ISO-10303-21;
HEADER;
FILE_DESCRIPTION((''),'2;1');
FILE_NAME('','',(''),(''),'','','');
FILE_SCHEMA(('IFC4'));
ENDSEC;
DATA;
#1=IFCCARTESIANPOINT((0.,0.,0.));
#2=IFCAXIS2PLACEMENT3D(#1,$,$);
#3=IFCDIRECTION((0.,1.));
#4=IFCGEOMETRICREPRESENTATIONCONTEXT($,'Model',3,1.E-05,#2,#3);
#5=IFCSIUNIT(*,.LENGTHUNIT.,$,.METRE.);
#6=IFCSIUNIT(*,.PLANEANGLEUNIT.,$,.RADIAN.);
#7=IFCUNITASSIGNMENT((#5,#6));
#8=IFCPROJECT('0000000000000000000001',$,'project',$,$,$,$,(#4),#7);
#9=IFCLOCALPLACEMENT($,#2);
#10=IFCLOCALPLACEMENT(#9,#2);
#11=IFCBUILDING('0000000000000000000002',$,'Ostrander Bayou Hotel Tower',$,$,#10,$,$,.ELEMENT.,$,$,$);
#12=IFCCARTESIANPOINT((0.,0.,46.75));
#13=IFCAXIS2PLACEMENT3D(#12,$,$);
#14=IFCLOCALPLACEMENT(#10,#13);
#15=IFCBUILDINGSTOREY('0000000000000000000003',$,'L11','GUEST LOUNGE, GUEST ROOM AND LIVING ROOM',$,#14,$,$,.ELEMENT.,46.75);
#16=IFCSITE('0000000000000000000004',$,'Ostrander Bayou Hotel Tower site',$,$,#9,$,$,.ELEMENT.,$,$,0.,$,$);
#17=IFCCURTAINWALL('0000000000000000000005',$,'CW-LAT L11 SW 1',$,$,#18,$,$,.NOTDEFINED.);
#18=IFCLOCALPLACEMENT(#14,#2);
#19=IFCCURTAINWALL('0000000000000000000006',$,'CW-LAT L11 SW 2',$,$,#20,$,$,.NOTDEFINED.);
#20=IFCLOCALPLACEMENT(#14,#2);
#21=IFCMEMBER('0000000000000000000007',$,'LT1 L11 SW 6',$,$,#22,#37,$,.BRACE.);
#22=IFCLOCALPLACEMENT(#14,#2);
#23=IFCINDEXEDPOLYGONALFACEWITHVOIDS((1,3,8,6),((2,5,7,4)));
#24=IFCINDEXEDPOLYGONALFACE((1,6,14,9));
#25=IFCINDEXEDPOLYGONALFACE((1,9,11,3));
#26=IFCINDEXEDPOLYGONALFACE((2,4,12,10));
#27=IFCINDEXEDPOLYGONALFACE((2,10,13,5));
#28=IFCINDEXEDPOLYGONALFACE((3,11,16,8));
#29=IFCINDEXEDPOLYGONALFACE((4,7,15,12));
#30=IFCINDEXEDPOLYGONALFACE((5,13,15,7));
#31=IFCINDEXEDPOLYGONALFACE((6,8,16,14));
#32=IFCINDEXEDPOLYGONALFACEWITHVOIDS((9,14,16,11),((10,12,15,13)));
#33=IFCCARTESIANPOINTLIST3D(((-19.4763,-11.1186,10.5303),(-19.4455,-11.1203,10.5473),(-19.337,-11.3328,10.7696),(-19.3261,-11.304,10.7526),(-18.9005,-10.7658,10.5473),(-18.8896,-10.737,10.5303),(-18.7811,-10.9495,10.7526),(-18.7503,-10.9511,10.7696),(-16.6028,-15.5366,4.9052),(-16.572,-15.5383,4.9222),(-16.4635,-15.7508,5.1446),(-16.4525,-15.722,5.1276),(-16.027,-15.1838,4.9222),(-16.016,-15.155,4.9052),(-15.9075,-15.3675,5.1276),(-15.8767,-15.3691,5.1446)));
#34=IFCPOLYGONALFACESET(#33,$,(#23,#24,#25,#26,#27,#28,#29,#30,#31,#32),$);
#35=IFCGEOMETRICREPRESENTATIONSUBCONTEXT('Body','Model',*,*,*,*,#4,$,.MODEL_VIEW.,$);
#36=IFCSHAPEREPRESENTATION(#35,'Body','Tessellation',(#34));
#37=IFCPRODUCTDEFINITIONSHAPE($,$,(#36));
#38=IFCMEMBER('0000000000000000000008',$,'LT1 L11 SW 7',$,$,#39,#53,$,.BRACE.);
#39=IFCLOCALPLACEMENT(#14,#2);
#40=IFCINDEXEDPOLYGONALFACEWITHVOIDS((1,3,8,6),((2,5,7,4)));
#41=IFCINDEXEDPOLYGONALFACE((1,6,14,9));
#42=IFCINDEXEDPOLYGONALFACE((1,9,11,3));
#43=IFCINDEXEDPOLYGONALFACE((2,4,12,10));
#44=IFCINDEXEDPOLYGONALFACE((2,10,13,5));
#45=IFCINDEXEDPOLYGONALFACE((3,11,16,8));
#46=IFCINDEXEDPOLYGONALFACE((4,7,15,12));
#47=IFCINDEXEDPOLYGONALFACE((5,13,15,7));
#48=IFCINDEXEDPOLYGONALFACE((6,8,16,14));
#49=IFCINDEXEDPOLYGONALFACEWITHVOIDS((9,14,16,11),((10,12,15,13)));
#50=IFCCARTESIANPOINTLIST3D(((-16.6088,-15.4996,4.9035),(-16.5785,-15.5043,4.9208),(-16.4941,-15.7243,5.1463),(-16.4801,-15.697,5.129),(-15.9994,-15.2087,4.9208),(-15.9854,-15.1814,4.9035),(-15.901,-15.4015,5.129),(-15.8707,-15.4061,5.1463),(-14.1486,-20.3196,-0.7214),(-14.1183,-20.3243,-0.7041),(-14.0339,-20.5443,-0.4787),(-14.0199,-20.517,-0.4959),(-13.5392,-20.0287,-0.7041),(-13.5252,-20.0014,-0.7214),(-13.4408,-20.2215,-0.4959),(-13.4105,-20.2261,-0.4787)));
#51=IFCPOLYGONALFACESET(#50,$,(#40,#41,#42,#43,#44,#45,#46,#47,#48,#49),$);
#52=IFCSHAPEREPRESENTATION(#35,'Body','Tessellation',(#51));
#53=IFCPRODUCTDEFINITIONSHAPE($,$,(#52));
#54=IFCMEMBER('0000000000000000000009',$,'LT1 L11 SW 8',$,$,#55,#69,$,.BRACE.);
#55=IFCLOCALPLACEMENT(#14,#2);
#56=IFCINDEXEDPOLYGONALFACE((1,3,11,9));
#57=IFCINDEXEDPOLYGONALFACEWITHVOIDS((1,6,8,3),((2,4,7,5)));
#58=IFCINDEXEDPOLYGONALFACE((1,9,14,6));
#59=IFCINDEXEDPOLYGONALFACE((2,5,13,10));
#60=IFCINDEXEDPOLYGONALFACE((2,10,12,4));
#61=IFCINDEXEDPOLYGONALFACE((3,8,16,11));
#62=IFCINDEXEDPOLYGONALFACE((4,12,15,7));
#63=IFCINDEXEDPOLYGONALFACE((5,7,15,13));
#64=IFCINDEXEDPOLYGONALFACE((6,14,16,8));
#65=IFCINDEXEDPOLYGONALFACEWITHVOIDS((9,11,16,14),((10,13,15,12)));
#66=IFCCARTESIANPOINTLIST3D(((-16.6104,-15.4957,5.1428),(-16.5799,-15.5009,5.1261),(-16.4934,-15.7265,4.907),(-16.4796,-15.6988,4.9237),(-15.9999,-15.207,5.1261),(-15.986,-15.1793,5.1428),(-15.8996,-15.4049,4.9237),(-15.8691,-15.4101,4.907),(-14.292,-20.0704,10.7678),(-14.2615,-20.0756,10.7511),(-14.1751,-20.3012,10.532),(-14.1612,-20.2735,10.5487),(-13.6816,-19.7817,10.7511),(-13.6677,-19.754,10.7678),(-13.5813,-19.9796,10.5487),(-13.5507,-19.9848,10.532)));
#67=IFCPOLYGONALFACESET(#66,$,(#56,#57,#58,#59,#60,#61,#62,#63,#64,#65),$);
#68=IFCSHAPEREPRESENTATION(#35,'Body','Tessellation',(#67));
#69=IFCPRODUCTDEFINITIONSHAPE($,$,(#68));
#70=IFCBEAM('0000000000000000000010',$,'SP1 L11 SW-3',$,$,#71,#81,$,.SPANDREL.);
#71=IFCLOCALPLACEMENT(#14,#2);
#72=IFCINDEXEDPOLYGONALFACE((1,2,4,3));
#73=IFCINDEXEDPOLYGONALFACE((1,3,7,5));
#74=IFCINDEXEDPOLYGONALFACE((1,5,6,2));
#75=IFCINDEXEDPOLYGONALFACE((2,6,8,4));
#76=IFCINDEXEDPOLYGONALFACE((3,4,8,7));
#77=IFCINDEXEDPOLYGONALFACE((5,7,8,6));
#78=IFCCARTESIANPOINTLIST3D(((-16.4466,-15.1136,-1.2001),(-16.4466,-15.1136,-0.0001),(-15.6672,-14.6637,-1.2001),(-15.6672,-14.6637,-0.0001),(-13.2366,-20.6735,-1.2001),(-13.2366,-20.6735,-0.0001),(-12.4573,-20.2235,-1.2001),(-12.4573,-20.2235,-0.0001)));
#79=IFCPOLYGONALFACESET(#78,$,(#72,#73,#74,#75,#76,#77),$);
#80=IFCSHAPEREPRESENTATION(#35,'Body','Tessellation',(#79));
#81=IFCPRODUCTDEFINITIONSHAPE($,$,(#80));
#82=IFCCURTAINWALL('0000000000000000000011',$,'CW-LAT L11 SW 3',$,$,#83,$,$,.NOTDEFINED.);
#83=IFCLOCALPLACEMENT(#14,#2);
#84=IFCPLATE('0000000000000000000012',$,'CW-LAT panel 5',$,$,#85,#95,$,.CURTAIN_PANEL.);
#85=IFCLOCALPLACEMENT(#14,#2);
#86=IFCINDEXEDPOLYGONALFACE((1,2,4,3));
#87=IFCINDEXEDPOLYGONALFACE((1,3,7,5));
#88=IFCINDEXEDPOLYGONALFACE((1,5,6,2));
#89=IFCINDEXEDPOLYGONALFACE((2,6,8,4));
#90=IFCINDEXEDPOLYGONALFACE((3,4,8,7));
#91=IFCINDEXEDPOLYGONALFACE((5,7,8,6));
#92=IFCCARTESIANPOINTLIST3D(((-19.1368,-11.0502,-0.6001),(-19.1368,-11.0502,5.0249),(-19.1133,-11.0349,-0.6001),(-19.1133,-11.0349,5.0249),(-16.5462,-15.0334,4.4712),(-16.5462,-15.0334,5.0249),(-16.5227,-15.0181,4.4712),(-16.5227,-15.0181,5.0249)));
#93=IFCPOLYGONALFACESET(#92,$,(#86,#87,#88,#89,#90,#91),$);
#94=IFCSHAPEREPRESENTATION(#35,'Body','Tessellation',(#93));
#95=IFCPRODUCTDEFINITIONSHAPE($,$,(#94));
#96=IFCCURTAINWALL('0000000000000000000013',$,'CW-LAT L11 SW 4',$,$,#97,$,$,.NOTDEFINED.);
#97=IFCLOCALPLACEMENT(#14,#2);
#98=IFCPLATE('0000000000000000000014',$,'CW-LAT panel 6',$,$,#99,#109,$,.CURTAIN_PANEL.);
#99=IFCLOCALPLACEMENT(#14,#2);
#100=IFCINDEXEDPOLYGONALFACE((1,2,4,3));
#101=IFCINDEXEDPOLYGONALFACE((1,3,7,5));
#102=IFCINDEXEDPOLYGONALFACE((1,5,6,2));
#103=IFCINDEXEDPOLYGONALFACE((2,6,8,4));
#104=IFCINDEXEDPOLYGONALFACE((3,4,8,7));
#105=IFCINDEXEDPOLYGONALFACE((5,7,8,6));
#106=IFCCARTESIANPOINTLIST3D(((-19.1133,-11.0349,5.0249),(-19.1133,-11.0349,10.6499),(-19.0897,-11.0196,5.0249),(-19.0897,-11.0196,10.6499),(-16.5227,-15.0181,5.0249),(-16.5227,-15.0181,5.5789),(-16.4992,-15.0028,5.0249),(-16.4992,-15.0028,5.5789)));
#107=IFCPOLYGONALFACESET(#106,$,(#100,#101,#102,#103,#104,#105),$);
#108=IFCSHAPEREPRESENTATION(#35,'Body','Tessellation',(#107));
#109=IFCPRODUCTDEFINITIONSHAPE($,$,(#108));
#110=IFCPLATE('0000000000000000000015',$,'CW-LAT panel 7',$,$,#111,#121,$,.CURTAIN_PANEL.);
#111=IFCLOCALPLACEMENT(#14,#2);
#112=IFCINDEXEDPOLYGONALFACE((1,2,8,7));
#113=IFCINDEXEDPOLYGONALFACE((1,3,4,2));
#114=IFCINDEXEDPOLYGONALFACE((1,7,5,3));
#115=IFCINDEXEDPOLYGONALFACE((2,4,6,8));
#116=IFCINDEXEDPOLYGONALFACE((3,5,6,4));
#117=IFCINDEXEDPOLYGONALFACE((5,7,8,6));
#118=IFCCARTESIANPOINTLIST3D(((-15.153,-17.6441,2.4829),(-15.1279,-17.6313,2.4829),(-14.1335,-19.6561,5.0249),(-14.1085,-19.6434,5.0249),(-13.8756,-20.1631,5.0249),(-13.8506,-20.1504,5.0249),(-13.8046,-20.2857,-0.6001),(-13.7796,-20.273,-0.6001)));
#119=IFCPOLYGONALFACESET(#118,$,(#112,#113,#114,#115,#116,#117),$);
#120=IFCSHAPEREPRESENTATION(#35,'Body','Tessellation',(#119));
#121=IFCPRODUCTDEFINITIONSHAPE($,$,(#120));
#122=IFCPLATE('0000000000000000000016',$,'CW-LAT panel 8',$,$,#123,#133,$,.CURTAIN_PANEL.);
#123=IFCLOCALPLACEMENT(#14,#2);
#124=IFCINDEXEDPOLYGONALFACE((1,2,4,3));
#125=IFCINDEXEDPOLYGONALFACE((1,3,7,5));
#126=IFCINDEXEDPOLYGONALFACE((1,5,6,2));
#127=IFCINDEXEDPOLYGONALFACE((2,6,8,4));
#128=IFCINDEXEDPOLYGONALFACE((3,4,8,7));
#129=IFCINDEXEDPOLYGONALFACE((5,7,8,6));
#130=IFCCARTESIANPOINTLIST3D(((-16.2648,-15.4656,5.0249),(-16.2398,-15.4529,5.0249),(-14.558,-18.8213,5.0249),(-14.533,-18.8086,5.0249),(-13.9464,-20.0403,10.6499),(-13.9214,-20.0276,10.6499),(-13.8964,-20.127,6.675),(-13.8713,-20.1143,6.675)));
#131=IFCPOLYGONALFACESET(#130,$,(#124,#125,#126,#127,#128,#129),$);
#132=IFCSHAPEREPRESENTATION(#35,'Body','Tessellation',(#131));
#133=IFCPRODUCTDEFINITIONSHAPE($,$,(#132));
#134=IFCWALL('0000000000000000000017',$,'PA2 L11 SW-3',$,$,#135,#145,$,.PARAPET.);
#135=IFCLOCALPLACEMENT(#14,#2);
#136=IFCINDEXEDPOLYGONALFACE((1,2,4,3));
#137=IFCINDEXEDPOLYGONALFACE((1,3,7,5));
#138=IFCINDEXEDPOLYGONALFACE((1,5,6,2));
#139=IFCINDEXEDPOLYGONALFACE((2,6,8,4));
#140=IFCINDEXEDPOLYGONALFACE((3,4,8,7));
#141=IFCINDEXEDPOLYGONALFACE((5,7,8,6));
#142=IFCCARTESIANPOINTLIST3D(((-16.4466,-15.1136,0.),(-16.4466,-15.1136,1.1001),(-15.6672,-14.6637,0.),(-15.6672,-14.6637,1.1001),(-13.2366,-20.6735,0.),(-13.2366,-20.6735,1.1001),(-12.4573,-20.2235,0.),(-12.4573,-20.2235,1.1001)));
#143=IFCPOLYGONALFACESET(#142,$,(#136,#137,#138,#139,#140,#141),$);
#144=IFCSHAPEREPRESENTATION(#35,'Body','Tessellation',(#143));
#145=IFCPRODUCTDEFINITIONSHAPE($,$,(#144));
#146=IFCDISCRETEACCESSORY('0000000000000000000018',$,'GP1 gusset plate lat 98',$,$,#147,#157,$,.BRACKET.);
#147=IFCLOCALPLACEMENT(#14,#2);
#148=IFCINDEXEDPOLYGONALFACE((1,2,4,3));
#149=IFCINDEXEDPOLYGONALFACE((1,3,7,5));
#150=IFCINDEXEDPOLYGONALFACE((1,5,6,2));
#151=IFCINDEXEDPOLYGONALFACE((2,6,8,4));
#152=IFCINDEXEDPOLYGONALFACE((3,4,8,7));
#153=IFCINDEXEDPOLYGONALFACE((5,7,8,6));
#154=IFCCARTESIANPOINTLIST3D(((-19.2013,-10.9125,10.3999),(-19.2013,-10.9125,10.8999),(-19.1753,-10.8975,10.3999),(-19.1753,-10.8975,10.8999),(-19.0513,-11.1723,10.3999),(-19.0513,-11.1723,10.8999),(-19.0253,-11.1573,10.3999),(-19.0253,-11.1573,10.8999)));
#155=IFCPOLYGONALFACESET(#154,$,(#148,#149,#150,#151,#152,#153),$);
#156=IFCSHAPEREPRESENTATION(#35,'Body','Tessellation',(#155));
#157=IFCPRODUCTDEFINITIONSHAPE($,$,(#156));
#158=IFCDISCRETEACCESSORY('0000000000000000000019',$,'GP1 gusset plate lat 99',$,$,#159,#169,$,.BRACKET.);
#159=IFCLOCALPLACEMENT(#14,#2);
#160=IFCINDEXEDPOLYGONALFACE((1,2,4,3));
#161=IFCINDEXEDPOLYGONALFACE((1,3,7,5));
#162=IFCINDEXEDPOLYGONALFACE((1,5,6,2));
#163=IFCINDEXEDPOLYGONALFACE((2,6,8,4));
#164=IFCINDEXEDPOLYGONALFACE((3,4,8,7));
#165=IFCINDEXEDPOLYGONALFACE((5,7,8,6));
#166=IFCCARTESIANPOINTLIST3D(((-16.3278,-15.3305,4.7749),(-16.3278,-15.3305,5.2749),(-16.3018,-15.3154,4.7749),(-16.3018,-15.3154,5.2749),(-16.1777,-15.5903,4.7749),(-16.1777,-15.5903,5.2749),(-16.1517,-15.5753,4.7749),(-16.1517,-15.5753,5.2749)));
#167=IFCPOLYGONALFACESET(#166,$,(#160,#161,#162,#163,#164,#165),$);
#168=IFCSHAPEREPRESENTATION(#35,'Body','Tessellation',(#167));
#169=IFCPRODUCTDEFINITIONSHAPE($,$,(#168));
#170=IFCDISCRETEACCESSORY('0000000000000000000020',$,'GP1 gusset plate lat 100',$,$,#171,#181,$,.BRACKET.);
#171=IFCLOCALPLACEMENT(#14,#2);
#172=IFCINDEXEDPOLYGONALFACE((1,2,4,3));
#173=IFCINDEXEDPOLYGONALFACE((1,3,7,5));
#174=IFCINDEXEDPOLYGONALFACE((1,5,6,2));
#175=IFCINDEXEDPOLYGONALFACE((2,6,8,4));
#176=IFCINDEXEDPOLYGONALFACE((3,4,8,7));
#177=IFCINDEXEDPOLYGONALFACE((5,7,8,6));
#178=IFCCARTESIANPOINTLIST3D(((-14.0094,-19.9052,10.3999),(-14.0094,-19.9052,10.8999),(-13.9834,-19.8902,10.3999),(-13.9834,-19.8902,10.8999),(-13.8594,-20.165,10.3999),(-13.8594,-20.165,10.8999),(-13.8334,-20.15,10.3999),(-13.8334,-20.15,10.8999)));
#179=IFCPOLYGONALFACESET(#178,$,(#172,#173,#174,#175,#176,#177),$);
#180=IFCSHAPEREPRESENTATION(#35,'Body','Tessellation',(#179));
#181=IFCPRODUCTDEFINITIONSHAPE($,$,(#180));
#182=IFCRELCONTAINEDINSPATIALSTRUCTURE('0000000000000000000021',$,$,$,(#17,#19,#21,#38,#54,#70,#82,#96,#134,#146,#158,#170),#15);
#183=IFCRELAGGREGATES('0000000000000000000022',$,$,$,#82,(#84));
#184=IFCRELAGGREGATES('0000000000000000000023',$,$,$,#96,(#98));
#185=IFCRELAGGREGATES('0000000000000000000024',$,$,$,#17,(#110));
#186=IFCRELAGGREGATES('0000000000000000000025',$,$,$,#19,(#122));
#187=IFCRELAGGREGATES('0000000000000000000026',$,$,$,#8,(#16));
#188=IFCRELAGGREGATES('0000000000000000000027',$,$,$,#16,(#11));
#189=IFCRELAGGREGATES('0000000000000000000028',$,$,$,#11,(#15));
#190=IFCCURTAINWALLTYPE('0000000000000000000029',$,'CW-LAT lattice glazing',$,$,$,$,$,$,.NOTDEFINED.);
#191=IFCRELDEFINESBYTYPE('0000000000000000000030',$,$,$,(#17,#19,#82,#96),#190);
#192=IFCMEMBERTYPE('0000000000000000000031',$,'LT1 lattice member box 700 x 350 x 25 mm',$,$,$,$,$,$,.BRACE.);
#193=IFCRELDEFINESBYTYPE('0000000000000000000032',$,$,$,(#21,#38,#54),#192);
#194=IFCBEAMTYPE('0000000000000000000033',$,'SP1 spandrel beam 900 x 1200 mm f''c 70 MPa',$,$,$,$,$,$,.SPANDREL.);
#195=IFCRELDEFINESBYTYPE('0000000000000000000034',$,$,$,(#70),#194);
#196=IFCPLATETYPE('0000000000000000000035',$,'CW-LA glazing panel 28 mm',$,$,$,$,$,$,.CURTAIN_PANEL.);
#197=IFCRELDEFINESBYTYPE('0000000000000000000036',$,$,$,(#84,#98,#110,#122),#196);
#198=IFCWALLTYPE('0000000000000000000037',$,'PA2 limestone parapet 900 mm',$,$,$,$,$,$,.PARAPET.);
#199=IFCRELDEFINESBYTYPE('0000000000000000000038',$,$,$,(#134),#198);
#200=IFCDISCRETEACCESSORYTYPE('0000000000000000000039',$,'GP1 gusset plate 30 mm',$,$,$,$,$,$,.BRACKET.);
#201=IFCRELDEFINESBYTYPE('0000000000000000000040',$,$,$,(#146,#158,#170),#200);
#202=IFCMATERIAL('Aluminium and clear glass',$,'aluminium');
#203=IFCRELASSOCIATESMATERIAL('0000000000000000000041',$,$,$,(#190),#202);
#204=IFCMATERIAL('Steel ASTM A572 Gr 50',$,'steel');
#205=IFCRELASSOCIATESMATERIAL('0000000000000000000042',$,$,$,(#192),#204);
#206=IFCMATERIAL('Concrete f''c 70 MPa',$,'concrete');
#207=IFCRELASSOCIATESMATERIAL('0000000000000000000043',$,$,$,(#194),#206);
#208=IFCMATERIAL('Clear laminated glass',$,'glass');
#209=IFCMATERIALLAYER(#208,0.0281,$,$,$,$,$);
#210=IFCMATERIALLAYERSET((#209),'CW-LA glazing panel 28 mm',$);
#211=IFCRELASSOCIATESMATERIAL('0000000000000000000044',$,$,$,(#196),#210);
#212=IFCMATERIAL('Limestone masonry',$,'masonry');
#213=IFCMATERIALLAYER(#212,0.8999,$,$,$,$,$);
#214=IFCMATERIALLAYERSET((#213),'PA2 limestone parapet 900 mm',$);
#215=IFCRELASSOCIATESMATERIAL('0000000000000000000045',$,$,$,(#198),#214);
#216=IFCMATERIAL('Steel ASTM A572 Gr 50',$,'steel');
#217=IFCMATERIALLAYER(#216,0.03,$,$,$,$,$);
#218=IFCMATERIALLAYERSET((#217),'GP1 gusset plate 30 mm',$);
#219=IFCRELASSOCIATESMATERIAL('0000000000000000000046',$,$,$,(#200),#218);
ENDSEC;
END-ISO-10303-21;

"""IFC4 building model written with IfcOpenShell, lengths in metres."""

from ifc_helpers import new_model, si_unit, direction, frame, frame_2d, origin, origin_2d, place, context, subcontext, project, spatial, polyline, rectangle, hollow_rectangle, outline, extrude, material, layer, layer_set, material_profile, profile_set, type_object, element, aggregate, save


model = new_model("IFC4")

# Units and contexts
model_context = context("Model", 3, precision=1e-05, world=origin(), true_north=direction((0.0, 1.0)))
body_context = subcontext(model_context, "Body", "Model", "MODEL_VIEW")
ifc_project = project(units=[si_unit("LENGTHUNIT", "METRE"), si_unit("PLANEANGLEUNIT", "RADIAN")], contexts=[model_context])

# Site, building, storey
site_placement = place(None, origin())
site = spatial("IfcSite", under=ifc_project, at=site_placement, Name="Ostrander Bayou Hotel Tower site", CompositionType="ELEMENT", RefElevation=0.0)
building_placement = place(site_placement, origin())
building = spatial("IfcBuilding", under=site, at=building_placement, Name="Ostrander Bayou Hotel Tower", CompositionType="ELEMENT")
storey_placement = place(building_placement, frame((0.0, 0.0, 46.75)))
storey = spatial("IfcBuildingStorey", under=building, at=storey_placement, Name="L11", Description="GUEST LOUNGE, GUEST ROOM AND LIVING ROOM", CompositionType="ELEMENT", Elevation=46.75)

# Curtain walls
ifc_material_1 = material(Name="Aluminium and clear glass", Category="aluminium")
curtain_wall_type = type_object("IfcCurtainWallType", Name="CW-LAT lattice glazing", PredefinedType="NOTDEFINED", material=ifc_material_1)
curtain_wall_1_placement = place(storey_placement, origin())
curtain_wall_1 = element("IfcCurtainWall", 1, at=curtain_wall_1_placement, inside=storey, type_object=curtain_wall_type, Name="CW-LAT L11 SW 1", PredefinedType="NOTDEFINED")
curtain_wall_2_placement = place(storey_placement, origin())
curtain_wall_2 = element("IfcCurtainWall", 2, at=curtain_wall_2_placement, inside=storey, type_object=curtain_wall_type, Name="CW-LAT L11 SW 2", PredefinedType="NOTDEFINED")

# Members
ifc_material_2 = material(Name="Steel ASTM A572 Gr 50", Category="steel")
ifc_material_profile_1 = material_profile(ifc_material_2, hollow_rectangle(XDim=0.7, YDim=0.3501, WallThickness=0.0249, at=origin_2d()))
ifc_profile_set_1 = profile_set([ifc_material_profile_1], Name="Steel ASTM A572 Gr 50")
member_type_1 = type_object("IfcMemberType", Name="LT1 lattice member box 700 x 350 x 25 mm", PredefinedType="BRACE", material=ifc_profile_set_1)
for number, where, z_axis, x_axis, name in (
    (3, (-16.2397, -15.4529, 5.0249), (-0.37279, 0.573152, 0.729743), (-0.838283, -0.545236, 0.0), "LT1 L11 SW 6"),
):
    element("IfcMember", number, at=place(storey_placement, frame(where, z_axis=z_axis, x_axis=x_axis)), inside=storey, type_object=member_type_1, Name=name, PredefinedType="BRACE", context=body_context, shape_type="SweptSolid", body=[
        extrude(hollow_rectangle(XDim=0.7, YDim=0.3501, WallThickness=0.0249, at=origin_2d()), origin(), (0.0, 0.0, 1.0), 7.7083),
    ])
member_1_placement = place(storey_placement, frame((-16.2397, -15.4529, 5.0249), z_axis=(0.315187, -0.61752, -0.720643), x_axis=(0.890688, 0.454615, 0.0)))
element("IfcMember", 4, at=member_1_placement, inside=storey, type_object=member_type_1, Name="LT1 L11 SW 7", PredefinedType="BRACE", context=body_context, shape_type="SweptSolid", body=[
    extrude(hollow_rectangle(XDim=0.7, YDim=0.3501, WallThickness=0.0249, at=origin_2d()), origin(), (0.0, 0.0, 1.0), 7.8054),
])
member_2_placement = place(storey_placement, frame((-16.2397, -15.4529, 5.0249), z_axis=(0.304564, -0.600982, 0.73896), x_axis=(0.891996, 0.452044, 0.0)))
element("IfcMember", 5, at=member_2_placement, inside=storey, type_object=member_type_1, Name="LT1 L11 SW 8", PredefinedType="BRACE", context=body_context, shape_type="SweptSolid", body=[
    extrude(hollow_rectangle(XDim=0.7, YDim=0.3501, WallThickness=0.0249, at=origin_2d()), origin(), (0.0, 0.0, 1.0), 7.6121),
])

# Beam
ifc_material_3 = material(Name="Concrete f'c 70 MPa", Category="concrete")
ifc_material_profile_2 = material_profile(ifc_material_3, rectangle(XDim=0.8999, YDim=1.2, at=origin_2d()))
ifc_profile_set_2 = profile_set([ifc_material_profile_2], Name="Concrete f'c 70 MPa")
beam_type_1 = type_object("IfcBeamType", Name="SP1 spandrel beam 900 x 1200 mm f'c 70 MPa", PredefinedType="SPANDREL", material=ifc_profile_set_2)
beam_1_placement = place(storey_placement, frame((-16.0569, -14.8887, -0.6001), z_axis=(0.5, -0.866025, 0.0), x_axis=(0.866025, 0.5, 0.0)))
element("IfcBeam", 6, at=beam_1_placement, inside=storey, type_object=beam_type_1, Name="SP1 L11 SW-3", PredefinedType="SPANDREL", context=body_context, shape_type="SweptSolid", body=[
    extrude(rectangle(XDim=0.8999, YDim=1.2, at=origin_2d()), origin(), (0.0, 0.0, 1.0), 6.4199),
])

# Curtain walls, plates
curtain_wall_3_placement = place(storey_placement, origin())
curtain_wall_3 = element("IfcCurtainWall", 7, at=curtain_wall_3_placement, inside=storey, type_object=curtain_wall_type, Name="CW-LAT L11 SW 3", PredefinedType="NOTDEFINED")
ifc_material_4 = material(Name="Clear laminated glass", Category="glass")
ifc_layer_1 = layer(ifc_material_4, 0.0281)
ifc_layer_set_1 = layer_set([ifc_layer_1], Name="CW-LA glazing panel 28 mm")
plate_type = type_object("IfcPlateType", Name="CW-LA glazing panel 28 mm", PredefinedType="CURTAIN_PANEL", material=ifc_layer_set_1)
plate_1_placement = place(storey_placement, frame((-16.5227, -15.0181, 4.4712), z_axis=(0.838297, 0.545214, 0.0), x_axis=(-0.372775, 0.573163, -0.729742)))
plate_1 = element("IfcPlate", 8, at=plate_1_placement, type_object=plate_type, Name="CW-LAT panel 5", PredefinedType="CURTAIN_PANEL", context=body_context, shape_type="SweptSolid", body=[
    extrude(outline(polyline([(0.0, 0.0), (6.9494, 0.0), (2.8446, 3.8459), (-0.4041, 0.3786), (0.0, 0.0)])), origin(), (0.0, 0.0, -1.0), 0.0281),
])
aggregate(curtain_wall_3, [plate_1])
curtain_wall_4_placement = place(storey_placement, origin())
curtain_wall_4 = element("IfcCurtainWall", 9, at=curtain_wall_4_placement, inside=storey, type_object=curtain_wall_type, Name="CW-LAT L11 SW 4", PredefinedType="NOTDEFINED")
plate_2_placement = place(storey_placement, frame((-16.5227, -15.0181, 5.5789), z_axis=(-0.838297, -0.545214, 0.0), x_axis=(-0.372785, 0.573177, 0.729725)))
plate_2 = element("IfcPlate", 10, at=plate_2_placement, type_object=plate_type, Name="CW-LAT panel 6", PredefinedType="CURTAIN_PANEL", context=body_context, shape_type="SweptSolid", body=[
    extrude(outline(polyline([(0.0, 0.0), (6.9493, 0.0), (2.8445, 3.846), (-0.4042, 0.3788), (0.0, 0.0)])), origin(), (0.0, 0.0, -1.0), 0.0281),
])
aggregate(curtain_wall_4, [plate_2])

# Plates
plate_3_placement = place(storey_placement, frame((-13.8506, -20.1504, 5.0249), z_axis=(0.891332, 0.453349, 0.001364), x_axis=(0.012612, -0.021788, -0.999683)))
plate_3 = element("IfcPlate", 11, at=plate_3_placement, type_object=plate_type, Name="CW-LAT panel 7", PredefinedType="CURTAIN_PANEL", context=body_context, shape_type="SweptSolid", body=[
    extrude(outline(polyline([(0.0, 0.0), (5.6268, 0.0), (2.4702, 2.8874), (-0.0143, 0.5687), (0.0, 0.0)])), origin(), (0.0, 0.0, -1.0), 0.0281),
])
aggregate(curtain_wall_1, [plate_3])
plate_4_placement = place(storey_placement, frame((-13.9214, -20.0276, 10.6499), z_axis=(0.891331, 0.453351, 0.001337), x_axis=(0.012586, -0.021798, -0.999683)))
plate_4 = element("IfcPlate", 12, at=plate_4_placement, type_object=plate_type, Name="CW-LAT panel 8", PredefinedType="CURTAIN_PANEL", context=body_context, shape_type="SweptSolid", body=[
    extrude(outline(polyline([(0.0, 0.0), (3.9761, 0.0), (5.5889, 1.5047), (5.4943, 5.2684), (0.0, 0.0)])), origin(), (0.0, 0.0, -1.0), 0.0281),
])
aggregate(curtain_wall_2, [plate_4])

# Wall
ifc_material_5 = material(Name="Limestone masonry", Category="masonry")
ifc_layer_2 = layer(ifc_material_5, 0.8999)
ifc_layer_set_2 = layer_set([ifc_layer_2], Name="PA2 limestone parapet 900 mm")
wall_type = type_object("IfcWallType", Name="PA2 limestone parapet 900 mm", PredefinedType="PARAPET", material=ifc_layer_set_2)
wall_placement = place(storey_placement, frame((-16.0569, -14.8887, 0.0), z_axis=(0.0, 0.0, 1.0), x_axis=(0.5, -0.866025, 0.0)))
element("IfcWall", 13, at=wall_placement, inside=storey, type_object=wall_type, Name="PA2 L11 SW-3", PredefinedType="PARAPET", context=body_context, shape_type="SweptSolid", body=[
    extrude(rectangle(XDim=6.4199, YDim=0.8999, at=frame_2d((3.21, 0.0))), origin(), (0.0, 0.0, 1.0), 1.1001),
])

# Discrete accessories
ifc_material_6 = material(Name="Steel ASTM A572 Gr 50", Category="steel")
ifc_layer_3 = layer(ifc_material_6, 0.03)
ifc_layer_set_3 = layer_set([ifc_layer_3], Name="GP1 gusset plate 30 mm")
discrete_accessory_type = type_object("IfcDiscreteAccessoryType", Name="GP1 gusset plate 30 mm", PredefinedType="BRACKET", material=ifc_layer_set_3)
for number, where, z_axis, x_axis, name in (
    (14, (-19.1133, -11.0349, 10.3999), (0.0, 0.0, 1.0), (0.5, -0.866025, 0.0), "GP1 gusset plate lat 98"),
    (15, (-16.2397, -15.4529, 4.7749), (0.0, 0.0, 1.0), (0.5, -0.866025, 0.0), "GP1 gusset plate lat 99"),
    (16, (-13.9214, -20.0276, 10.3999), (0.0, 0.0, 1.0), (0.5, -0.866025, 0.0), "GP1 gusset plate lat 100"),
):
    element("IfcDiscreteAccessory", number, at=place(storey_placement, frame(where, z_axis=z_axis, x_axis=x_axis)), inside=storey, type_object=discrete_accessory_type, Name=name, PredefinedType="BRACKET", context=body_context, shape_type="SweptSolid", body=[
        extrude(rectangle(XDim=0.3, YDim=0.03, at=origin_2d()), origin(), (0.0, 0.0, 1.0), 0.5),
    ])

save(model, "model.ifc")
